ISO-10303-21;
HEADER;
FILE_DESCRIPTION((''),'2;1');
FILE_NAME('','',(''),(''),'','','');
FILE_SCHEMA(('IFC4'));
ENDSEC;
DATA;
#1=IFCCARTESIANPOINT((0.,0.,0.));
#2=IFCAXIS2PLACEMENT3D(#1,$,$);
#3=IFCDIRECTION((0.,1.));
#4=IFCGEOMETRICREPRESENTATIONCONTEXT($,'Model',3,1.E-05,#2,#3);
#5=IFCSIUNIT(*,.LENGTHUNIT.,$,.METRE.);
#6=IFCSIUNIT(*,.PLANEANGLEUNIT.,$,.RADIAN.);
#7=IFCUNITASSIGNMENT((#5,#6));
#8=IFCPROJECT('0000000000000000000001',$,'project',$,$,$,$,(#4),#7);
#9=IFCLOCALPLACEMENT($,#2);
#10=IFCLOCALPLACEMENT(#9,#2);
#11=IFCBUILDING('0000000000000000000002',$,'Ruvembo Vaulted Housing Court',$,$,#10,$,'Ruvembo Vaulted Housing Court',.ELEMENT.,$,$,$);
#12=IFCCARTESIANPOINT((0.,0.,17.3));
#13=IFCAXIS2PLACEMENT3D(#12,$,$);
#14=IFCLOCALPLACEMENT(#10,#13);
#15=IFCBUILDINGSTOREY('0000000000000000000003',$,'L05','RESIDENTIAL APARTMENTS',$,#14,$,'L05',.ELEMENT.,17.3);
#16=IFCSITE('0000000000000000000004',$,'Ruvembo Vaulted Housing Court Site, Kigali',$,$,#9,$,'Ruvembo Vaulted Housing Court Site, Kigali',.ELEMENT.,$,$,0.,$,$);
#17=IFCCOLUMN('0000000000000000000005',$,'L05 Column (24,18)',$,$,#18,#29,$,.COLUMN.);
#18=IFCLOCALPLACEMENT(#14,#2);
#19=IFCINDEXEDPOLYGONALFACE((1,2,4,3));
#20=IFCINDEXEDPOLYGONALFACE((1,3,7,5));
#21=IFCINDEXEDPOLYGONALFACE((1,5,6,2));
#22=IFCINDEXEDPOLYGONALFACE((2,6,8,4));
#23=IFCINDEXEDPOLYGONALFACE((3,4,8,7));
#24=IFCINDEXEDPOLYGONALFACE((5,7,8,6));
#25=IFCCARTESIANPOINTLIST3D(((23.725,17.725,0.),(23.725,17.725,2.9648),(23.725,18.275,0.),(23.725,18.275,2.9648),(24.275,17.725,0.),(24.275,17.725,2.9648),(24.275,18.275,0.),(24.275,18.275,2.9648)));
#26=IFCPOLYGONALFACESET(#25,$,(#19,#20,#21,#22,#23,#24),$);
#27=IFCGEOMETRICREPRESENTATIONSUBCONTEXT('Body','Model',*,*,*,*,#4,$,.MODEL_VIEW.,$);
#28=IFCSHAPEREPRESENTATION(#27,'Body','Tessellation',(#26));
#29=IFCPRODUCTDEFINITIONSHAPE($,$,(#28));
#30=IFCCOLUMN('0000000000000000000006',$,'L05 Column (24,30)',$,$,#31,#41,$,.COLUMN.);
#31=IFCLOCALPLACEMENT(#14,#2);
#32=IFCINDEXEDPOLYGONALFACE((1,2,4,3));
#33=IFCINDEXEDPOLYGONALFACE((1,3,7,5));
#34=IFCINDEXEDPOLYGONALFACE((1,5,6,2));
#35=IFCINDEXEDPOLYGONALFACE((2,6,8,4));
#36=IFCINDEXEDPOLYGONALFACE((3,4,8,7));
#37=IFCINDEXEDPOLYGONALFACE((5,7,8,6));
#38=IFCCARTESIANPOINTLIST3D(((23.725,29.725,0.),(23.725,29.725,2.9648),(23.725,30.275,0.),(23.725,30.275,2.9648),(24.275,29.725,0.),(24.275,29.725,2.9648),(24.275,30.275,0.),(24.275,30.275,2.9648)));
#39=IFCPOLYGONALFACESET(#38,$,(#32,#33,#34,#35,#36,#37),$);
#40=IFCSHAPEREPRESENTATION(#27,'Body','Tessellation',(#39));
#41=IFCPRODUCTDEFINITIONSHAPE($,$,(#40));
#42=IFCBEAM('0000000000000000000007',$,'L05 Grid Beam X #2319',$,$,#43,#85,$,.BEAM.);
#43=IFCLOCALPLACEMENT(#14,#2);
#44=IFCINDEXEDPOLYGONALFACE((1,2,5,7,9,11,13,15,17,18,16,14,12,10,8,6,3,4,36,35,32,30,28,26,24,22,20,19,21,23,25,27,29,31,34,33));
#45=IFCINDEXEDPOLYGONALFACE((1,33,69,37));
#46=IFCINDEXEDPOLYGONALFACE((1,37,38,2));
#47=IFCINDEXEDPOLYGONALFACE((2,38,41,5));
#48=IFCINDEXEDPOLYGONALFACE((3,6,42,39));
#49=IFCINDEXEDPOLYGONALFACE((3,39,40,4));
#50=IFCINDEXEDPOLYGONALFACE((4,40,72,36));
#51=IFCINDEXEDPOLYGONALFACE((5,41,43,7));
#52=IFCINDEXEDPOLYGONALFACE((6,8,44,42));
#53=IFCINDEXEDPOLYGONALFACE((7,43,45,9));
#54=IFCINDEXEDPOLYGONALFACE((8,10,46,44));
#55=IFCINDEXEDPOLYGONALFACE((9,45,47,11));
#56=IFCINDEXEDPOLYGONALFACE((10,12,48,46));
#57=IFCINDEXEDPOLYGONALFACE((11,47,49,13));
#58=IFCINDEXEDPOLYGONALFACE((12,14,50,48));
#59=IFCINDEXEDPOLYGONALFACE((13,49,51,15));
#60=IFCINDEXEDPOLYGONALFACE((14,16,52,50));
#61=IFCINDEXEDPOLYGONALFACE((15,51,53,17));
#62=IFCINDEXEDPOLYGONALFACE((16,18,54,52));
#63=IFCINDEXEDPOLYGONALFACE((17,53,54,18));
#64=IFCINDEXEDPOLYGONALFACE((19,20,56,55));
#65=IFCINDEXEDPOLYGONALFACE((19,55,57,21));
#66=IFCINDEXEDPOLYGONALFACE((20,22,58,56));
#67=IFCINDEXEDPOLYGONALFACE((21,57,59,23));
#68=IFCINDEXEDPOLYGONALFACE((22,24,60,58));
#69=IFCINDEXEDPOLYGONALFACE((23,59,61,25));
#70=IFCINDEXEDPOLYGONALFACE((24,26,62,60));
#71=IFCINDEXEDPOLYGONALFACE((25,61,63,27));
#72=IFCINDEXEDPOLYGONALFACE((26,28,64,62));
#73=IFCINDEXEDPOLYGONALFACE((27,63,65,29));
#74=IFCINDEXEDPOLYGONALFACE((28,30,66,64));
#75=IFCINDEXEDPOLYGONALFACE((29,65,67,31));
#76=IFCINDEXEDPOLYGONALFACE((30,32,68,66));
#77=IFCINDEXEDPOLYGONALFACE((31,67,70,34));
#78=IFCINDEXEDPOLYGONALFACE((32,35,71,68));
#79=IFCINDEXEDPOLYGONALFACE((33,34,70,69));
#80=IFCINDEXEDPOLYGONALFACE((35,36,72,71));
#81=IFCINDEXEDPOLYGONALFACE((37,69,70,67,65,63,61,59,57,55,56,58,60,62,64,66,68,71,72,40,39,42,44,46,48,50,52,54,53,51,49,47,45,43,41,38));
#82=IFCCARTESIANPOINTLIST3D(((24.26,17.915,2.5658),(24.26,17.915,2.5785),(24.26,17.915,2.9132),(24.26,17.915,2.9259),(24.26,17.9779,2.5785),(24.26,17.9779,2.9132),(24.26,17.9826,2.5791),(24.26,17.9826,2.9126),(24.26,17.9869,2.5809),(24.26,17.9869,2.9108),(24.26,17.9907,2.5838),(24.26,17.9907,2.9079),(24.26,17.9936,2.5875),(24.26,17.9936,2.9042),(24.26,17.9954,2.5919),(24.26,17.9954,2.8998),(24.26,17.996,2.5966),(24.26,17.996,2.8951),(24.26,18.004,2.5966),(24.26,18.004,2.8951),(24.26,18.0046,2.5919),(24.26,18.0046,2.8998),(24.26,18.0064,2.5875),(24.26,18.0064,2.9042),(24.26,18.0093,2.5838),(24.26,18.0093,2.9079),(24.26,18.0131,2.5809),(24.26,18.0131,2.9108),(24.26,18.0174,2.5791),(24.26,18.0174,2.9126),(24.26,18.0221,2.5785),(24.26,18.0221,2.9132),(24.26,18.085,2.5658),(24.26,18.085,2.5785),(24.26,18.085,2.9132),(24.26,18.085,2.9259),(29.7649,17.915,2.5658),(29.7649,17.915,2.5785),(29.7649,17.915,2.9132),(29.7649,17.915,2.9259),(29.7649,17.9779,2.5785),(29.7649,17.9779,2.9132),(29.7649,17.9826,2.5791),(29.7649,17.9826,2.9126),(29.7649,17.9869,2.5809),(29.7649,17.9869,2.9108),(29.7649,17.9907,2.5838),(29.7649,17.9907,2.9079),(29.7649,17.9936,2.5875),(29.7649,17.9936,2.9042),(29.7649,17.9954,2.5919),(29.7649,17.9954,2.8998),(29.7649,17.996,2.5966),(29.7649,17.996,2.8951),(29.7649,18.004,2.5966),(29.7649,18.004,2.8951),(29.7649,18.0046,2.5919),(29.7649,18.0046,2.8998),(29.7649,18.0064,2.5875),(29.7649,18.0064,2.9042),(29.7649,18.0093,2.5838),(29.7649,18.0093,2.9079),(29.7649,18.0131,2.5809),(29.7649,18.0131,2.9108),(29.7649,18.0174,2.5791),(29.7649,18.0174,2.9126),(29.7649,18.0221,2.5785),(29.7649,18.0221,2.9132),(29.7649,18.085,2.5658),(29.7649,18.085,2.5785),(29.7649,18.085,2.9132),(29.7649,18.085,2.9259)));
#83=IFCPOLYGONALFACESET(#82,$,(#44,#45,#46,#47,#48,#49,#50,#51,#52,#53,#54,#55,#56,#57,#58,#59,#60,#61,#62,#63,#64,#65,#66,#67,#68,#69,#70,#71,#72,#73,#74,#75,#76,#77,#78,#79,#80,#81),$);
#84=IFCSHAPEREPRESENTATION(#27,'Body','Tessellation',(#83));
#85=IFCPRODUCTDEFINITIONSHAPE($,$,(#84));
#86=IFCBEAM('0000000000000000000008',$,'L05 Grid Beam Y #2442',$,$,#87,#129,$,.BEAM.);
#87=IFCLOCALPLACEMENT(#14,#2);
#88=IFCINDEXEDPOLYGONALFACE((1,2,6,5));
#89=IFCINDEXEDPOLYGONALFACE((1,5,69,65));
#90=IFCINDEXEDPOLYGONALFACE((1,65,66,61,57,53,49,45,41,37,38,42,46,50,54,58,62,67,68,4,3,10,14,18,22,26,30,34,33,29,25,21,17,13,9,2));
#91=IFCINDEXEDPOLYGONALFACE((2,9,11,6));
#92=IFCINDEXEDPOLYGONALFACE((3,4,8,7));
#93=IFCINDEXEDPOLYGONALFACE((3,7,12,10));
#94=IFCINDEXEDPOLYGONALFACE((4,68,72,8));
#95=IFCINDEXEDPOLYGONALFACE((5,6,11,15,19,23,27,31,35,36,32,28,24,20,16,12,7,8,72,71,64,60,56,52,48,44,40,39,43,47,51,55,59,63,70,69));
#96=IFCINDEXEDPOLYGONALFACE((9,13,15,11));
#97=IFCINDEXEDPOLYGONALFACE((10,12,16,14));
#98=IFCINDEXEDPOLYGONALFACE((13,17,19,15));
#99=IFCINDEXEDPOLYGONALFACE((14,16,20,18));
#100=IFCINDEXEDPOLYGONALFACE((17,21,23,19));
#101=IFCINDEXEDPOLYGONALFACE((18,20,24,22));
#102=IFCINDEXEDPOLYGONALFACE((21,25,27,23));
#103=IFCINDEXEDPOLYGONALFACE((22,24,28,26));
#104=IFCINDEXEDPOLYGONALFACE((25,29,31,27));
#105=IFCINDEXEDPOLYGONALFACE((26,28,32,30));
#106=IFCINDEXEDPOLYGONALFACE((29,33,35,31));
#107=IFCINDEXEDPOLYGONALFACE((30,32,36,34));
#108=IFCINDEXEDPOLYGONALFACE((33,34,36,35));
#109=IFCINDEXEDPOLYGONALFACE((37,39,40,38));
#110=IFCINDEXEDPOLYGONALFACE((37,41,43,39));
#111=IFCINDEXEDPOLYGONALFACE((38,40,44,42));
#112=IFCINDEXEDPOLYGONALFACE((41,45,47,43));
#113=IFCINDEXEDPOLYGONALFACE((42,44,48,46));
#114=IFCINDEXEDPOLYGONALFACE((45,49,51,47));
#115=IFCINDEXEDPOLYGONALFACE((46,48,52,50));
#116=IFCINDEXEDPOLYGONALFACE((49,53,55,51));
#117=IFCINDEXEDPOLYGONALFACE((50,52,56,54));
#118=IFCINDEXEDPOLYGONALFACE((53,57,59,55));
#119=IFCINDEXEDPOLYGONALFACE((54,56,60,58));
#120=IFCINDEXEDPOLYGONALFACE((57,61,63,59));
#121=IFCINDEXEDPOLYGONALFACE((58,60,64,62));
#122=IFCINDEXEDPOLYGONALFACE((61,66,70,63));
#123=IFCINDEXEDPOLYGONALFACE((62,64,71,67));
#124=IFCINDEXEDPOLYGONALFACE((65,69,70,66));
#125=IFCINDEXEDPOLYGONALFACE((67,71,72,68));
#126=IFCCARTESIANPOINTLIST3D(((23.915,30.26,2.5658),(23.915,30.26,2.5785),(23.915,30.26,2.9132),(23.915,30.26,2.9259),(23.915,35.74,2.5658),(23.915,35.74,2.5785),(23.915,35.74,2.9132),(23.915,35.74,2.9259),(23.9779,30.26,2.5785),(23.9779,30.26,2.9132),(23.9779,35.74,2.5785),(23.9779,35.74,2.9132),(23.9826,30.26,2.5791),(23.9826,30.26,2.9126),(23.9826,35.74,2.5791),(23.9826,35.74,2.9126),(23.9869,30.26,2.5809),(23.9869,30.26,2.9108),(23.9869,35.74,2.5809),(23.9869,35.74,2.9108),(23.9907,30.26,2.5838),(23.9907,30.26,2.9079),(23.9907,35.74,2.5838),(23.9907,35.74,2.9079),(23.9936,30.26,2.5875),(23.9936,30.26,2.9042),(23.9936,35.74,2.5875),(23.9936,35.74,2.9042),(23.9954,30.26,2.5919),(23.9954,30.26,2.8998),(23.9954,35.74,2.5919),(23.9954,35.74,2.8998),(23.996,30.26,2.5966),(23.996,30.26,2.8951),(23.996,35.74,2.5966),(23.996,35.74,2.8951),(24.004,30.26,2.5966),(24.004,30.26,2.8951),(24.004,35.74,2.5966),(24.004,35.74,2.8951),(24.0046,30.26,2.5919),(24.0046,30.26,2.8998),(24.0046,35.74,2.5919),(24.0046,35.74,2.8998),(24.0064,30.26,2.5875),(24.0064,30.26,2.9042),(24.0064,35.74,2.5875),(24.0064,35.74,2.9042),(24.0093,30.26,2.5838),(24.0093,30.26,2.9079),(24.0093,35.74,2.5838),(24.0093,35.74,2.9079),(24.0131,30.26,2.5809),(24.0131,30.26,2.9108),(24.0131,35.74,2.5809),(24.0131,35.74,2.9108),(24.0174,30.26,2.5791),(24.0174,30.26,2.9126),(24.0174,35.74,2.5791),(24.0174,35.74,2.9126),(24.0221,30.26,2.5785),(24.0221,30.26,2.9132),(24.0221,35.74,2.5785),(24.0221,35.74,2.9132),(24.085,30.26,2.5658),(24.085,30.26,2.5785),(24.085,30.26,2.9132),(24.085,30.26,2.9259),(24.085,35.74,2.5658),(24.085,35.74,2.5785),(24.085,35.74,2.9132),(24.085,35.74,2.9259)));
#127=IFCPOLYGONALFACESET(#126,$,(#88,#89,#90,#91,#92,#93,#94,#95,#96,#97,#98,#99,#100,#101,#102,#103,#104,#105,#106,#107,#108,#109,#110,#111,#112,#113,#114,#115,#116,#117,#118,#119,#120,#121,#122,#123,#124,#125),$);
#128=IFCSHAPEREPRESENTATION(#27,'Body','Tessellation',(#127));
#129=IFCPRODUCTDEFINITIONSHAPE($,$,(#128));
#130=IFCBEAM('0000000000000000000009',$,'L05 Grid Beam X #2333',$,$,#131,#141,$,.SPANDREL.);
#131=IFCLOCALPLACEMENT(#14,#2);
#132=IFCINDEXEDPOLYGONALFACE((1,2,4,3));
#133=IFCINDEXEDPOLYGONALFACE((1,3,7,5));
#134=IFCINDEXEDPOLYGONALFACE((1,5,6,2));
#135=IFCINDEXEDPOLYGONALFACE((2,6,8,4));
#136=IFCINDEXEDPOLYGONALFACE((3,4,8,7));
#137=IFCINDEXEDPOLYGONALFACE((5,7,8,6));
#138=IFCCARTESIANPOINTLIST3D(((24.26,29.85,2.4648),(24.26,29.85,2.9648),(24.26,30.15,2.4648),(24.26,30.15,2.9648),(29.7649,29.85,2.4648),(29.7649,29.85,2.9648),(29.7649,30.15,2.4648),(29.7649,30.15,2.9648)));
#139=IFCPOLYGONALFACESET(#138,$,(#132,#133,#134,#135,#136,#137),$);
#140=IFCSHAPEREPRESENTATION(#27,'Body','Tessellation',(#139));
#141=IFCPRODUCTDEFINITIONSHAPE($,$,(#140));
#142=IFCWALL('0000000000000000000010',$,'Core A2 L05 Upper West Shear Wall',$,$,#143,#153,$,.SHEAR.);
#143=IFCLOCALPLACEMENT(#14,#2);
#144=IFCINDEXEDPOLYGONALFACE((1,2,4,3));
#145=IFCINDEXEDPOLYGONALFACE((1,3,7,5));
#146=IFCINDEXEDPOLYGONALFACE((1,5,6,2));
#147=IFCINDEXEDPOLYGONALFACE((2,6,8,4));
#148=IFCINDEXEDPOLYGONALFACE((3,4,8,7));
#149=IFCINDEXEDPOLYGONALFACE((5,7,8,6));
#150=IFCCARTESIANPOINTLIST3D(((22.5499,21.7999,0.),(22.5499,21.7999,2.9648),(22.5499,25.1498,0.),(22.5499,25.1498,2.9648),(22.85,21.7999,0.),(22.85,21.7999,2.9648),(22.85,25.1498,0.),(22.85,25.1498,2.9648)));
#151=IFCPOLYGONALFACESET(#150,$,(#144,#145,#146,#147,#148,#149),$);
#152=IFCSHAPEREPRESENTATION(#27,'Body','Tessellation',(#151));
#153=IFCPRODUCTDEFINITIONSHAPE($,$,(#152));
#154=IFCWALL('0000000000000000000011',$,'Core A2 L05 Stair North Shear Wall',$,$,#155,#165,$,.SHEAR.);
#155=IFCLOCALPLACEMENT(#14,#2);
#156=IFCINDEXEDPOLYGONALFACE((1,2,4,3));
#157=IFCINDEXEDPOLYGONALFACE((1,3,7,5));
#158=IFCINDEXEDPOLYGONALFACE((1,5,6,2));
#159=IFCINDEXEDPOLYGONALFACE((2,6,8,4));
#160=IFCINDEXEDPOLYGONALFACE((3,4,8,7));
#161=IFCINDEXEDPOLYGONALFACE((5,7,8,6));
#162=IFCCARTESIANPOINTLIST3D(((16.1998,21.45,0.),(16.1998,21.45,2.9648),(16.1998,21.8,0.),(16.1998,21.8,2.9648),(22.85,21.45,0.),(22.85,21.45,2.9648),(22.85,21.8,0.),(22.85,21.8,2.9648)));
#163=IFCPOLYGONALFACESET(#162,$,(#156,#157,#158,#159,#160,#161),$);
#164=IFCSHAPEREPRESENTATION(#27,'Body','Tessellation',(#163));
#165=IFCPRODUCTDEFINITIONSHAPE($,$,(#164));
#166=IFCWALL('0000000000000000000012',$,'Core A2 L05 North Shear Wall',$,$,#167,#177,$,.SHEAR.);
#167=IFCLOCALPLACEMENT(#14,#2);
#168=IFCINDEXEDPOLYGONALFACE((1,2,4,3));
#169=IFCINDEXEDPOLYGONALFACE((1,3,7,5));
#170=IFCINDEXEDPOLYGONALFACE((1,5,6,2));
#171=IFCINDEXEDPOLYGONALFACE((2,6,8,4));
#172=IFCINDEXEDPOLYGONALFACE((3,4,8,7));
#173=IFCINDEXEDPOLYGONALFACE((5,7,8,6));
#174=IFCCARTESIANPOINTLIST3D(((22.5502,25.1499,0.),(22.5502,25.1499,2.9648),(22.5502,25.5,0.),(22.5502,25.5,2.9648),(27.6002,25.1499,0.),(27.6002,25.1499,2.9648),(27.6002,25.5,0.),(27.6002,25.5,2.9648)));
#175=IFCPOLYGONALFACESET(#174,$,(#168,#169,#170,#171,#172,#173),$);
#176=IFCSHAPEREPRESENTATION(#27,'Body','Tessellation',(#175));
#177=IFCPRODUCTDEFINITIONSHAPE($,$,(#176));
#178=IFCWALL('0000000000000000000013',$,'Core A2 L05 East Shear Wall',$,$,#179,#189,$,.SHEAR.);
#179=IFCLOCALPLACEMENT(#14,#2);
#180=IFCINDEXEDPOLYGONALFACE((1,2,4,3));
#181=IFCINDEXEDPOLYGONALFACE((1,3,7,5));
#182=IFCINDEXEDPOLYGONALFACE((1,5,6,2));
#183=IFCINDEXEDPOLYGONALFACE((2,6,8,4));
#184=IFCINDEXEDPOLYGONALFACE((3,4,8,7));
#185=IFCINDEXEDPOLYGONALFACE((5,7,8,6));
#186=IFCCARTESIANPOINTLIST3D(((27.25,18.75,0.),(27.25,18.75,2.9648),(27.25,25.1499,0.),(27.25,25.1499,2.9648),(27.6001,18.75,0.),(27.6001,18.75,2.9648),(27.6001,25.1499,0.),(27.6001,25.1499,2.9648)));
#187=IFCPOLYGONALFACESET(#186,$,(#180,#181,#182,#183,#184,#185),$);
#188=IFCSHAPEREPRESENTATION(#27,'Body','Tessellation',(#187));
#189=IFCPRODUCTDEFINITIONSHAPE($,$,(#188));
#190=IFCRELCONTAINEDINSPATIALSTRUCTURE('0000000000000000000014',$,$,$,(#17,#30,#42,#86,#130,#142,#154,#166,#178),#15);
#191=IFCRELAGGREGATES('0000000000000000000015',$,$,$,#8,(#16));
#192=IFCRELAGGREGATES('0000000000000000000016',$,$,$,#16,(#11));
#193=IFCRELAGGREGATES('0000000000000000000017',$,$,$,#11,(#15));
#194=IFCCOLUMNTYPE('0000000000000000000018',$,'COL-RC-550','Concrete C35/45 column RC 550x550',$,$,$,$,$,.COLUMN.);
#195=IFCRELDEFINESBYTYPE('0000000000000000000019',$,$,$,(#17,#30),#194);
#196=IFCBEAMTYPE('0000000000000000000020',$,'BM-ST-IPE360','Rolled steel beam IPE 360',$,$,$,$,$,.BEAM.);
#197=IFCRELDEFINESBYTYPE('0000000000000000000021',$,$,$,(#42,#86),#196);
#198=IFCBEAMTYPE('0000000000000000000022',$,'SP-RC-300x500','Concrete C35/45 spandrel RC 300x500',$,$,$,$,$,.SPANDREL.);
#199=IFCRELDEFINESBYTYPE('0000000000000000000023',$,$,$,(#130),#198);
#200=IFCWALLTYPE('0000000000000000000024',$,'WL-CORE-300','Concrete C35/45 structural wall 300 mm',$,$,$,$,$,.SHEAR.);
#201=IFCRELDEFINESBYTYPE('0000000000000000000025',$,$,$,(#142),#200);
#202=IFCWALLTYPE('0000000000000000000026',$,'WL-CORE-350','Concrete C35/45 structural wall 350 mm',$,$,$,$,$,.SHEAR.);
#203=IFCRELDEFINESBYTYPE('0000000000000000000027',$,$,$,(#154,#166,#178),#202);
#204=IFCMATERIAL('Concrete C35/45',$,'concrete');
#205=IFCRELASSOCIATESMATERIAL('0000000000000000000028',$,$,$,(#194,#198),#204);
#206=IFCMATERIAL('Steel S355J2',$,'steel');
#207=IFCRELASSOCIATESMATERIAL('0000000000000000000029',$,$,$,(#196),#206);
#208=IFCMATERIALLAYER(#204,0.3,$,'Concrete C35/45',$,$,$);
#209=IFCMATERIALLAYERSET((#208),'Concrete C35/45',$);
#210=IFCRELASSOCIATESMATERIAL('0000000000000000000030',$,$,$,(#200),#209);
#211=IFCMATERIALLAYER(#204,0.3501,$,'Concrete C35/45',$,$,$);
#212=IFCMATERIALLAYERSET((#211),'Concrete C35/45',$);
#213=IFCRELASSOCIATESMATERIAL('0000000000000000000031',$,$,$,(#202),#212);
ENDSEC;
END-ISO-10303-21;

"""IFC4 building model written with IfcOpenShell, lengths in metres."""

from ifc_helpers import new_model, si_unit, direction, frame, frame_2d, origin, origin_2d, place, context, subcontext, project, spatial, rectangle, i_section, extrude, material, layer, layer_set, material_profile, profile_set, type_object, element, save


model = new_model("IFC4")

# Units and contexts
model_context = context("Model", 3, precision=1e-05, world=origin(), true_north=direction((0.0, 1.0)))
body_context = subcontext(model_context, "Body", "Model", "MODEL_VIEW")
ifc_project = project(units=[si_unit("LENGTHUNIT", "METRE"), si_unit("PLANEANGLEUNIT", "RADIAN")], contexts=[model_context])

# Site, building, storey
site_placement = place(None, origin())
site = spatial("IfcSite", under=ifc_project, at=site_placement, Name="Ruvembo Vaulted Housing Court Site, Kigali", LongName="Ruvembo Vaulted Housing Court Site, Kigali", CompositionType="ELEMENT", RefElevation=0.0)
building_placement = place(site_placement, origin())
building = spatial("IfcBuilding", under=site, at=building_placement, Name="Ruvembo Vaulted Housing Court", LongName="Ruvembo Vaulted Housing Court", CompositionType="ELEMENT")
storey_placement = place(building_placement, frame((0.0, 0.0, 17.3)))
storey = spatial("IfcBuildingStorey", under=building, at=storey_placement, Name="L05", Description="RESIDENTIAL APARTMENTS", LongName="L05", CompositionType="ELEMENT", Elevation=17.3)

# Columns
ifc_material_1 = material(Name="Concrete C35/45", Category="concrete")
ifc_material_profile_1 = material_profile(ifc_material_1, rectangle(XDim=0.55, YDim=0.55, at=origin_2d()), Name="RC 550x550")
ifc_profile_set_1 = profile_set([ifc_material_profile_1], Name="Concrete C35/45")
column_type = type_object("IfcColumnType", Name="COL-RC-550", Description="Concrete C35/45 column RC 550x550", PredefinedType="COLUMN", material=ifc_profile_set_1)
for number, where, z_axis, x_axis, name in (
    (1, (24.0, 18.0, 0.0), (0.0, 0.0, 1.0), (1.0, 0.0, 0.0), "L05 Column (24,18)"),
    (2, (24.0, 30.0, 0.0), (0.0, 0.0, 1.0), (1.0, 0.0, 0.0), "L05 Column (24,30)"),
):
    element("IfcColumn", number, at=place(storey_placement, frame(where, z_axis=z_axis, x_axis=x_axis)), inside=storey, type_object=column_type, Name=name, PredefinedType="COLUMN", context=body_context, shape_type="SweptSolid", body=[
        extrude(rectangle(XDim=0.55, YDim=0.55, at=origin_2d()), origin(), (0.0, 0.0, 1.0), 2.9648),
    ])

# Beams
ifc_material_2 = material(Name="Steel S355J2", Category="steel")
ifc_material_profile_2 = material_profile(ifc_material_2, i_section(OverallWidth=0.1699, OverallDepth=0.3601, WebThickness=0.0081, FlangeThickness=0.0127, FilletRadius=0.0181, at=origin_2d()), Name="IPE 360")
ifc_profile_set_2 = profile_set([ifc_material_profile_2], Name="Steel S355J2")
beam_type_1 = type_object("IfcBeamType", Name="BM-ST-IPE360", Description="Rolled steel beam IPE 360", PredefinedType="BEAM", material=ifc_profile_set_2)
beam_1_placement = place(storey_placement, frame((24.26, 18.0, 2.7458), z_axis=(1.0, 0.0, 0.0), x_axis=(0.0, 1.0, 0.0)))
element("IfcBeam", 3, at=beam_1_placement, inside=storey, type_object=beam_type_1, Name="L05 Grid Beam X #2319", PredefinedType="BEAM", context=body_context, shape_type="SweptSolid", body=[
    extrude(i_section(OverallWidth=0.1699, OverallDepth=0.3601, WebThickness=0.0081, FlangeThickness=0.0127, FilletRadius=0.0181, at=origin_2d()), origin(), (0.0, 0.0, 1.0), 5.5049),
])
beam_2_placement = place(storey_placement, frame((24.0, 30.26, 2.7458), z_axis=(0.0, 1.0, 0.0), x_axis=(-1.0, 0.0, 0.0)))
element("IfcBeam", 4, at=beam_2_placement, inside=storey, type_object=beam_type_1, Name="L05 Grid Beam Y #2442", PredefinedType="BEAM", context=body_context, shape_type="SweptSolid", body=[
    extrude(i_section(OverallWidth=0.1699, OverallDepth=0.3601, WebThickness=0.0081, FlangeThickness=0.0127, FilletRadius=0.0181, at=origin_2d()), origin(), (0.0, 0.0, 1.0), 5.48),
])
ifc_material_profile_3 = material_profile(ifc_material_1, rectangle(XDim=0.3, YDim=0.5, at=origin_2d()), Name="RC 300x500")
ifc_profile_set_3 = profile_set([ifc_material_profile_3], Name="Concrete C35/45")
beam_type_2 = type_object("IfcBeamType", Name="SP-RC-300x500", Description="Concrete C35/45 spandrel RC 300x500", PredefinedType="SPANDREL", material=ifc_profile_set_3)
beam_3_placement = place(storey_placement, frame((24.26, 30.0, 2.7148), z_axis=(1.0, 0.0, 0.0), x_axis=(0.0, 1.0, 0.0)))
element("IfcBeam", 5, at=beam_3_placement, inside=storey, type_object=beam_type_2, Name="L05 Grid Beam X #2333", PredefinedType="SPANDREL", context=body_context, shape_type="SweptSolid", body=[
    extrude(rectangle(XDim=0.3, YDim=0.5, at=origin_2d()), origin(), (0.0, 0.0, 1.0), 5.5049),
])

# Shared definitions
ifc_layer_1 = layer(ifc_material_1, 0.3, Name="Concrete C35/45")
ifc_layer_set_1 = layer_set([ifc_layer_1], Name="Concrete C35/45")
wall_type_1 = type_object("IfcWallType", Name="WL-CORE-300", Description="Concrete C35/45 structural wall 300 mm", PredefinedType="SHEAR", material=ifc_layer_set_1)

# Walls
wall_1_placement = place(storey_placement, frame((22.7, 21.8, 0.0), z_axis=(0.0, 0.0, 1.0), x_axis=(0.0, 1.0, 0.0)))
element("IfcWall", 6, at=wall_1_placement, inside=storey, type_object=wall_type_1, Name="Core A2 L05 Upper West Shear Wall", PredefinedType="SHEAR", context=body_context, shape_type="SweptSolid", body=[
    extrude(rectangle(XDim=3.3499, YDim=0.3, at=frame_2d((1.6748, 0.0))), origin(), (0.0, 0.0, 1.0), 2.9648),
])
ifc_layer_2 = layer(ifc_material_1, 0.3501, Name="Concrete C35/45")
ifc_layer_set_2 = layer_set([ifc_layer_2], Name="Concrete C35/45")
wall_type_2 = type_object("IfcWallType", Name="WL-CORE-350", Description="Concrete C35/45 structural wall 350 mm", PredefinedType="SHEAR", material=ifc_layer_set_2)
wall_2_placement = place(storey_placement, frame((22.8501, 21.625, 0.0), z_axis=(0.0, 0.0, 1.0), x_axis=(-1.0, 0.0, 0.0)))
element("IfcWall", 7, at=wall_2_placement, inside=storey, type_object=wall_type_2, Name="Core A2 L05 Stair North Shear Wall", PredefinedType="SHEAR", context=body_context, shape_type="SweptSolid", body=[
    extrude(rectangle(XDim=6.6501, YDim=0.3501, at=frame_2d((3.3252, 0.0))), origin(), (0.0, 0.0, 1.0), 2.9648),
])
wall_3_placement = place(storey_placement, frame((27.6001, 25.325, 0.0), z_axis=(0.0, 0.0, 1.0), x_axis=(-1.0, 0.0, 0.0)))
element("IfcWall", 8, at=wall_3_placement, inside=storey, type_object=wall_type_2, Name="Core A2 L05 North Shear Wall", PredefinedType="SHEAR", context=body_context, shape_type="SweptSolid", body=[
    extrude(rectangle(XDim=5.05, YDim=0.3501, at=frame_2d((2.5249, 0.0))), origin(), (0.0, 0.0, 1.0), 2.9648),
])
wall_4_placement = place(storey_placement, frame((27.425, 18.75, 0.0), z_axis=(0.0, 0.0, 1.0), x_axis=(0.0, 1.0, 0.0)))
element("IfcWall", 9, at=wall_4_placement, inside=storey, type_object=wall_type_2, Name="Core A2 L05 East Shear Wall", PredefinedType="SHEAR", context=body_context, shape_type="SweptSolid", body=[
    extrude(rectangle(XDim=6.3999, YDim=0.3501, at=frame_2d((3.2, 0.0))), origin(), (0.0, 0.0, 1.0), 2.9648),
])

save(model, "model.ifc")
